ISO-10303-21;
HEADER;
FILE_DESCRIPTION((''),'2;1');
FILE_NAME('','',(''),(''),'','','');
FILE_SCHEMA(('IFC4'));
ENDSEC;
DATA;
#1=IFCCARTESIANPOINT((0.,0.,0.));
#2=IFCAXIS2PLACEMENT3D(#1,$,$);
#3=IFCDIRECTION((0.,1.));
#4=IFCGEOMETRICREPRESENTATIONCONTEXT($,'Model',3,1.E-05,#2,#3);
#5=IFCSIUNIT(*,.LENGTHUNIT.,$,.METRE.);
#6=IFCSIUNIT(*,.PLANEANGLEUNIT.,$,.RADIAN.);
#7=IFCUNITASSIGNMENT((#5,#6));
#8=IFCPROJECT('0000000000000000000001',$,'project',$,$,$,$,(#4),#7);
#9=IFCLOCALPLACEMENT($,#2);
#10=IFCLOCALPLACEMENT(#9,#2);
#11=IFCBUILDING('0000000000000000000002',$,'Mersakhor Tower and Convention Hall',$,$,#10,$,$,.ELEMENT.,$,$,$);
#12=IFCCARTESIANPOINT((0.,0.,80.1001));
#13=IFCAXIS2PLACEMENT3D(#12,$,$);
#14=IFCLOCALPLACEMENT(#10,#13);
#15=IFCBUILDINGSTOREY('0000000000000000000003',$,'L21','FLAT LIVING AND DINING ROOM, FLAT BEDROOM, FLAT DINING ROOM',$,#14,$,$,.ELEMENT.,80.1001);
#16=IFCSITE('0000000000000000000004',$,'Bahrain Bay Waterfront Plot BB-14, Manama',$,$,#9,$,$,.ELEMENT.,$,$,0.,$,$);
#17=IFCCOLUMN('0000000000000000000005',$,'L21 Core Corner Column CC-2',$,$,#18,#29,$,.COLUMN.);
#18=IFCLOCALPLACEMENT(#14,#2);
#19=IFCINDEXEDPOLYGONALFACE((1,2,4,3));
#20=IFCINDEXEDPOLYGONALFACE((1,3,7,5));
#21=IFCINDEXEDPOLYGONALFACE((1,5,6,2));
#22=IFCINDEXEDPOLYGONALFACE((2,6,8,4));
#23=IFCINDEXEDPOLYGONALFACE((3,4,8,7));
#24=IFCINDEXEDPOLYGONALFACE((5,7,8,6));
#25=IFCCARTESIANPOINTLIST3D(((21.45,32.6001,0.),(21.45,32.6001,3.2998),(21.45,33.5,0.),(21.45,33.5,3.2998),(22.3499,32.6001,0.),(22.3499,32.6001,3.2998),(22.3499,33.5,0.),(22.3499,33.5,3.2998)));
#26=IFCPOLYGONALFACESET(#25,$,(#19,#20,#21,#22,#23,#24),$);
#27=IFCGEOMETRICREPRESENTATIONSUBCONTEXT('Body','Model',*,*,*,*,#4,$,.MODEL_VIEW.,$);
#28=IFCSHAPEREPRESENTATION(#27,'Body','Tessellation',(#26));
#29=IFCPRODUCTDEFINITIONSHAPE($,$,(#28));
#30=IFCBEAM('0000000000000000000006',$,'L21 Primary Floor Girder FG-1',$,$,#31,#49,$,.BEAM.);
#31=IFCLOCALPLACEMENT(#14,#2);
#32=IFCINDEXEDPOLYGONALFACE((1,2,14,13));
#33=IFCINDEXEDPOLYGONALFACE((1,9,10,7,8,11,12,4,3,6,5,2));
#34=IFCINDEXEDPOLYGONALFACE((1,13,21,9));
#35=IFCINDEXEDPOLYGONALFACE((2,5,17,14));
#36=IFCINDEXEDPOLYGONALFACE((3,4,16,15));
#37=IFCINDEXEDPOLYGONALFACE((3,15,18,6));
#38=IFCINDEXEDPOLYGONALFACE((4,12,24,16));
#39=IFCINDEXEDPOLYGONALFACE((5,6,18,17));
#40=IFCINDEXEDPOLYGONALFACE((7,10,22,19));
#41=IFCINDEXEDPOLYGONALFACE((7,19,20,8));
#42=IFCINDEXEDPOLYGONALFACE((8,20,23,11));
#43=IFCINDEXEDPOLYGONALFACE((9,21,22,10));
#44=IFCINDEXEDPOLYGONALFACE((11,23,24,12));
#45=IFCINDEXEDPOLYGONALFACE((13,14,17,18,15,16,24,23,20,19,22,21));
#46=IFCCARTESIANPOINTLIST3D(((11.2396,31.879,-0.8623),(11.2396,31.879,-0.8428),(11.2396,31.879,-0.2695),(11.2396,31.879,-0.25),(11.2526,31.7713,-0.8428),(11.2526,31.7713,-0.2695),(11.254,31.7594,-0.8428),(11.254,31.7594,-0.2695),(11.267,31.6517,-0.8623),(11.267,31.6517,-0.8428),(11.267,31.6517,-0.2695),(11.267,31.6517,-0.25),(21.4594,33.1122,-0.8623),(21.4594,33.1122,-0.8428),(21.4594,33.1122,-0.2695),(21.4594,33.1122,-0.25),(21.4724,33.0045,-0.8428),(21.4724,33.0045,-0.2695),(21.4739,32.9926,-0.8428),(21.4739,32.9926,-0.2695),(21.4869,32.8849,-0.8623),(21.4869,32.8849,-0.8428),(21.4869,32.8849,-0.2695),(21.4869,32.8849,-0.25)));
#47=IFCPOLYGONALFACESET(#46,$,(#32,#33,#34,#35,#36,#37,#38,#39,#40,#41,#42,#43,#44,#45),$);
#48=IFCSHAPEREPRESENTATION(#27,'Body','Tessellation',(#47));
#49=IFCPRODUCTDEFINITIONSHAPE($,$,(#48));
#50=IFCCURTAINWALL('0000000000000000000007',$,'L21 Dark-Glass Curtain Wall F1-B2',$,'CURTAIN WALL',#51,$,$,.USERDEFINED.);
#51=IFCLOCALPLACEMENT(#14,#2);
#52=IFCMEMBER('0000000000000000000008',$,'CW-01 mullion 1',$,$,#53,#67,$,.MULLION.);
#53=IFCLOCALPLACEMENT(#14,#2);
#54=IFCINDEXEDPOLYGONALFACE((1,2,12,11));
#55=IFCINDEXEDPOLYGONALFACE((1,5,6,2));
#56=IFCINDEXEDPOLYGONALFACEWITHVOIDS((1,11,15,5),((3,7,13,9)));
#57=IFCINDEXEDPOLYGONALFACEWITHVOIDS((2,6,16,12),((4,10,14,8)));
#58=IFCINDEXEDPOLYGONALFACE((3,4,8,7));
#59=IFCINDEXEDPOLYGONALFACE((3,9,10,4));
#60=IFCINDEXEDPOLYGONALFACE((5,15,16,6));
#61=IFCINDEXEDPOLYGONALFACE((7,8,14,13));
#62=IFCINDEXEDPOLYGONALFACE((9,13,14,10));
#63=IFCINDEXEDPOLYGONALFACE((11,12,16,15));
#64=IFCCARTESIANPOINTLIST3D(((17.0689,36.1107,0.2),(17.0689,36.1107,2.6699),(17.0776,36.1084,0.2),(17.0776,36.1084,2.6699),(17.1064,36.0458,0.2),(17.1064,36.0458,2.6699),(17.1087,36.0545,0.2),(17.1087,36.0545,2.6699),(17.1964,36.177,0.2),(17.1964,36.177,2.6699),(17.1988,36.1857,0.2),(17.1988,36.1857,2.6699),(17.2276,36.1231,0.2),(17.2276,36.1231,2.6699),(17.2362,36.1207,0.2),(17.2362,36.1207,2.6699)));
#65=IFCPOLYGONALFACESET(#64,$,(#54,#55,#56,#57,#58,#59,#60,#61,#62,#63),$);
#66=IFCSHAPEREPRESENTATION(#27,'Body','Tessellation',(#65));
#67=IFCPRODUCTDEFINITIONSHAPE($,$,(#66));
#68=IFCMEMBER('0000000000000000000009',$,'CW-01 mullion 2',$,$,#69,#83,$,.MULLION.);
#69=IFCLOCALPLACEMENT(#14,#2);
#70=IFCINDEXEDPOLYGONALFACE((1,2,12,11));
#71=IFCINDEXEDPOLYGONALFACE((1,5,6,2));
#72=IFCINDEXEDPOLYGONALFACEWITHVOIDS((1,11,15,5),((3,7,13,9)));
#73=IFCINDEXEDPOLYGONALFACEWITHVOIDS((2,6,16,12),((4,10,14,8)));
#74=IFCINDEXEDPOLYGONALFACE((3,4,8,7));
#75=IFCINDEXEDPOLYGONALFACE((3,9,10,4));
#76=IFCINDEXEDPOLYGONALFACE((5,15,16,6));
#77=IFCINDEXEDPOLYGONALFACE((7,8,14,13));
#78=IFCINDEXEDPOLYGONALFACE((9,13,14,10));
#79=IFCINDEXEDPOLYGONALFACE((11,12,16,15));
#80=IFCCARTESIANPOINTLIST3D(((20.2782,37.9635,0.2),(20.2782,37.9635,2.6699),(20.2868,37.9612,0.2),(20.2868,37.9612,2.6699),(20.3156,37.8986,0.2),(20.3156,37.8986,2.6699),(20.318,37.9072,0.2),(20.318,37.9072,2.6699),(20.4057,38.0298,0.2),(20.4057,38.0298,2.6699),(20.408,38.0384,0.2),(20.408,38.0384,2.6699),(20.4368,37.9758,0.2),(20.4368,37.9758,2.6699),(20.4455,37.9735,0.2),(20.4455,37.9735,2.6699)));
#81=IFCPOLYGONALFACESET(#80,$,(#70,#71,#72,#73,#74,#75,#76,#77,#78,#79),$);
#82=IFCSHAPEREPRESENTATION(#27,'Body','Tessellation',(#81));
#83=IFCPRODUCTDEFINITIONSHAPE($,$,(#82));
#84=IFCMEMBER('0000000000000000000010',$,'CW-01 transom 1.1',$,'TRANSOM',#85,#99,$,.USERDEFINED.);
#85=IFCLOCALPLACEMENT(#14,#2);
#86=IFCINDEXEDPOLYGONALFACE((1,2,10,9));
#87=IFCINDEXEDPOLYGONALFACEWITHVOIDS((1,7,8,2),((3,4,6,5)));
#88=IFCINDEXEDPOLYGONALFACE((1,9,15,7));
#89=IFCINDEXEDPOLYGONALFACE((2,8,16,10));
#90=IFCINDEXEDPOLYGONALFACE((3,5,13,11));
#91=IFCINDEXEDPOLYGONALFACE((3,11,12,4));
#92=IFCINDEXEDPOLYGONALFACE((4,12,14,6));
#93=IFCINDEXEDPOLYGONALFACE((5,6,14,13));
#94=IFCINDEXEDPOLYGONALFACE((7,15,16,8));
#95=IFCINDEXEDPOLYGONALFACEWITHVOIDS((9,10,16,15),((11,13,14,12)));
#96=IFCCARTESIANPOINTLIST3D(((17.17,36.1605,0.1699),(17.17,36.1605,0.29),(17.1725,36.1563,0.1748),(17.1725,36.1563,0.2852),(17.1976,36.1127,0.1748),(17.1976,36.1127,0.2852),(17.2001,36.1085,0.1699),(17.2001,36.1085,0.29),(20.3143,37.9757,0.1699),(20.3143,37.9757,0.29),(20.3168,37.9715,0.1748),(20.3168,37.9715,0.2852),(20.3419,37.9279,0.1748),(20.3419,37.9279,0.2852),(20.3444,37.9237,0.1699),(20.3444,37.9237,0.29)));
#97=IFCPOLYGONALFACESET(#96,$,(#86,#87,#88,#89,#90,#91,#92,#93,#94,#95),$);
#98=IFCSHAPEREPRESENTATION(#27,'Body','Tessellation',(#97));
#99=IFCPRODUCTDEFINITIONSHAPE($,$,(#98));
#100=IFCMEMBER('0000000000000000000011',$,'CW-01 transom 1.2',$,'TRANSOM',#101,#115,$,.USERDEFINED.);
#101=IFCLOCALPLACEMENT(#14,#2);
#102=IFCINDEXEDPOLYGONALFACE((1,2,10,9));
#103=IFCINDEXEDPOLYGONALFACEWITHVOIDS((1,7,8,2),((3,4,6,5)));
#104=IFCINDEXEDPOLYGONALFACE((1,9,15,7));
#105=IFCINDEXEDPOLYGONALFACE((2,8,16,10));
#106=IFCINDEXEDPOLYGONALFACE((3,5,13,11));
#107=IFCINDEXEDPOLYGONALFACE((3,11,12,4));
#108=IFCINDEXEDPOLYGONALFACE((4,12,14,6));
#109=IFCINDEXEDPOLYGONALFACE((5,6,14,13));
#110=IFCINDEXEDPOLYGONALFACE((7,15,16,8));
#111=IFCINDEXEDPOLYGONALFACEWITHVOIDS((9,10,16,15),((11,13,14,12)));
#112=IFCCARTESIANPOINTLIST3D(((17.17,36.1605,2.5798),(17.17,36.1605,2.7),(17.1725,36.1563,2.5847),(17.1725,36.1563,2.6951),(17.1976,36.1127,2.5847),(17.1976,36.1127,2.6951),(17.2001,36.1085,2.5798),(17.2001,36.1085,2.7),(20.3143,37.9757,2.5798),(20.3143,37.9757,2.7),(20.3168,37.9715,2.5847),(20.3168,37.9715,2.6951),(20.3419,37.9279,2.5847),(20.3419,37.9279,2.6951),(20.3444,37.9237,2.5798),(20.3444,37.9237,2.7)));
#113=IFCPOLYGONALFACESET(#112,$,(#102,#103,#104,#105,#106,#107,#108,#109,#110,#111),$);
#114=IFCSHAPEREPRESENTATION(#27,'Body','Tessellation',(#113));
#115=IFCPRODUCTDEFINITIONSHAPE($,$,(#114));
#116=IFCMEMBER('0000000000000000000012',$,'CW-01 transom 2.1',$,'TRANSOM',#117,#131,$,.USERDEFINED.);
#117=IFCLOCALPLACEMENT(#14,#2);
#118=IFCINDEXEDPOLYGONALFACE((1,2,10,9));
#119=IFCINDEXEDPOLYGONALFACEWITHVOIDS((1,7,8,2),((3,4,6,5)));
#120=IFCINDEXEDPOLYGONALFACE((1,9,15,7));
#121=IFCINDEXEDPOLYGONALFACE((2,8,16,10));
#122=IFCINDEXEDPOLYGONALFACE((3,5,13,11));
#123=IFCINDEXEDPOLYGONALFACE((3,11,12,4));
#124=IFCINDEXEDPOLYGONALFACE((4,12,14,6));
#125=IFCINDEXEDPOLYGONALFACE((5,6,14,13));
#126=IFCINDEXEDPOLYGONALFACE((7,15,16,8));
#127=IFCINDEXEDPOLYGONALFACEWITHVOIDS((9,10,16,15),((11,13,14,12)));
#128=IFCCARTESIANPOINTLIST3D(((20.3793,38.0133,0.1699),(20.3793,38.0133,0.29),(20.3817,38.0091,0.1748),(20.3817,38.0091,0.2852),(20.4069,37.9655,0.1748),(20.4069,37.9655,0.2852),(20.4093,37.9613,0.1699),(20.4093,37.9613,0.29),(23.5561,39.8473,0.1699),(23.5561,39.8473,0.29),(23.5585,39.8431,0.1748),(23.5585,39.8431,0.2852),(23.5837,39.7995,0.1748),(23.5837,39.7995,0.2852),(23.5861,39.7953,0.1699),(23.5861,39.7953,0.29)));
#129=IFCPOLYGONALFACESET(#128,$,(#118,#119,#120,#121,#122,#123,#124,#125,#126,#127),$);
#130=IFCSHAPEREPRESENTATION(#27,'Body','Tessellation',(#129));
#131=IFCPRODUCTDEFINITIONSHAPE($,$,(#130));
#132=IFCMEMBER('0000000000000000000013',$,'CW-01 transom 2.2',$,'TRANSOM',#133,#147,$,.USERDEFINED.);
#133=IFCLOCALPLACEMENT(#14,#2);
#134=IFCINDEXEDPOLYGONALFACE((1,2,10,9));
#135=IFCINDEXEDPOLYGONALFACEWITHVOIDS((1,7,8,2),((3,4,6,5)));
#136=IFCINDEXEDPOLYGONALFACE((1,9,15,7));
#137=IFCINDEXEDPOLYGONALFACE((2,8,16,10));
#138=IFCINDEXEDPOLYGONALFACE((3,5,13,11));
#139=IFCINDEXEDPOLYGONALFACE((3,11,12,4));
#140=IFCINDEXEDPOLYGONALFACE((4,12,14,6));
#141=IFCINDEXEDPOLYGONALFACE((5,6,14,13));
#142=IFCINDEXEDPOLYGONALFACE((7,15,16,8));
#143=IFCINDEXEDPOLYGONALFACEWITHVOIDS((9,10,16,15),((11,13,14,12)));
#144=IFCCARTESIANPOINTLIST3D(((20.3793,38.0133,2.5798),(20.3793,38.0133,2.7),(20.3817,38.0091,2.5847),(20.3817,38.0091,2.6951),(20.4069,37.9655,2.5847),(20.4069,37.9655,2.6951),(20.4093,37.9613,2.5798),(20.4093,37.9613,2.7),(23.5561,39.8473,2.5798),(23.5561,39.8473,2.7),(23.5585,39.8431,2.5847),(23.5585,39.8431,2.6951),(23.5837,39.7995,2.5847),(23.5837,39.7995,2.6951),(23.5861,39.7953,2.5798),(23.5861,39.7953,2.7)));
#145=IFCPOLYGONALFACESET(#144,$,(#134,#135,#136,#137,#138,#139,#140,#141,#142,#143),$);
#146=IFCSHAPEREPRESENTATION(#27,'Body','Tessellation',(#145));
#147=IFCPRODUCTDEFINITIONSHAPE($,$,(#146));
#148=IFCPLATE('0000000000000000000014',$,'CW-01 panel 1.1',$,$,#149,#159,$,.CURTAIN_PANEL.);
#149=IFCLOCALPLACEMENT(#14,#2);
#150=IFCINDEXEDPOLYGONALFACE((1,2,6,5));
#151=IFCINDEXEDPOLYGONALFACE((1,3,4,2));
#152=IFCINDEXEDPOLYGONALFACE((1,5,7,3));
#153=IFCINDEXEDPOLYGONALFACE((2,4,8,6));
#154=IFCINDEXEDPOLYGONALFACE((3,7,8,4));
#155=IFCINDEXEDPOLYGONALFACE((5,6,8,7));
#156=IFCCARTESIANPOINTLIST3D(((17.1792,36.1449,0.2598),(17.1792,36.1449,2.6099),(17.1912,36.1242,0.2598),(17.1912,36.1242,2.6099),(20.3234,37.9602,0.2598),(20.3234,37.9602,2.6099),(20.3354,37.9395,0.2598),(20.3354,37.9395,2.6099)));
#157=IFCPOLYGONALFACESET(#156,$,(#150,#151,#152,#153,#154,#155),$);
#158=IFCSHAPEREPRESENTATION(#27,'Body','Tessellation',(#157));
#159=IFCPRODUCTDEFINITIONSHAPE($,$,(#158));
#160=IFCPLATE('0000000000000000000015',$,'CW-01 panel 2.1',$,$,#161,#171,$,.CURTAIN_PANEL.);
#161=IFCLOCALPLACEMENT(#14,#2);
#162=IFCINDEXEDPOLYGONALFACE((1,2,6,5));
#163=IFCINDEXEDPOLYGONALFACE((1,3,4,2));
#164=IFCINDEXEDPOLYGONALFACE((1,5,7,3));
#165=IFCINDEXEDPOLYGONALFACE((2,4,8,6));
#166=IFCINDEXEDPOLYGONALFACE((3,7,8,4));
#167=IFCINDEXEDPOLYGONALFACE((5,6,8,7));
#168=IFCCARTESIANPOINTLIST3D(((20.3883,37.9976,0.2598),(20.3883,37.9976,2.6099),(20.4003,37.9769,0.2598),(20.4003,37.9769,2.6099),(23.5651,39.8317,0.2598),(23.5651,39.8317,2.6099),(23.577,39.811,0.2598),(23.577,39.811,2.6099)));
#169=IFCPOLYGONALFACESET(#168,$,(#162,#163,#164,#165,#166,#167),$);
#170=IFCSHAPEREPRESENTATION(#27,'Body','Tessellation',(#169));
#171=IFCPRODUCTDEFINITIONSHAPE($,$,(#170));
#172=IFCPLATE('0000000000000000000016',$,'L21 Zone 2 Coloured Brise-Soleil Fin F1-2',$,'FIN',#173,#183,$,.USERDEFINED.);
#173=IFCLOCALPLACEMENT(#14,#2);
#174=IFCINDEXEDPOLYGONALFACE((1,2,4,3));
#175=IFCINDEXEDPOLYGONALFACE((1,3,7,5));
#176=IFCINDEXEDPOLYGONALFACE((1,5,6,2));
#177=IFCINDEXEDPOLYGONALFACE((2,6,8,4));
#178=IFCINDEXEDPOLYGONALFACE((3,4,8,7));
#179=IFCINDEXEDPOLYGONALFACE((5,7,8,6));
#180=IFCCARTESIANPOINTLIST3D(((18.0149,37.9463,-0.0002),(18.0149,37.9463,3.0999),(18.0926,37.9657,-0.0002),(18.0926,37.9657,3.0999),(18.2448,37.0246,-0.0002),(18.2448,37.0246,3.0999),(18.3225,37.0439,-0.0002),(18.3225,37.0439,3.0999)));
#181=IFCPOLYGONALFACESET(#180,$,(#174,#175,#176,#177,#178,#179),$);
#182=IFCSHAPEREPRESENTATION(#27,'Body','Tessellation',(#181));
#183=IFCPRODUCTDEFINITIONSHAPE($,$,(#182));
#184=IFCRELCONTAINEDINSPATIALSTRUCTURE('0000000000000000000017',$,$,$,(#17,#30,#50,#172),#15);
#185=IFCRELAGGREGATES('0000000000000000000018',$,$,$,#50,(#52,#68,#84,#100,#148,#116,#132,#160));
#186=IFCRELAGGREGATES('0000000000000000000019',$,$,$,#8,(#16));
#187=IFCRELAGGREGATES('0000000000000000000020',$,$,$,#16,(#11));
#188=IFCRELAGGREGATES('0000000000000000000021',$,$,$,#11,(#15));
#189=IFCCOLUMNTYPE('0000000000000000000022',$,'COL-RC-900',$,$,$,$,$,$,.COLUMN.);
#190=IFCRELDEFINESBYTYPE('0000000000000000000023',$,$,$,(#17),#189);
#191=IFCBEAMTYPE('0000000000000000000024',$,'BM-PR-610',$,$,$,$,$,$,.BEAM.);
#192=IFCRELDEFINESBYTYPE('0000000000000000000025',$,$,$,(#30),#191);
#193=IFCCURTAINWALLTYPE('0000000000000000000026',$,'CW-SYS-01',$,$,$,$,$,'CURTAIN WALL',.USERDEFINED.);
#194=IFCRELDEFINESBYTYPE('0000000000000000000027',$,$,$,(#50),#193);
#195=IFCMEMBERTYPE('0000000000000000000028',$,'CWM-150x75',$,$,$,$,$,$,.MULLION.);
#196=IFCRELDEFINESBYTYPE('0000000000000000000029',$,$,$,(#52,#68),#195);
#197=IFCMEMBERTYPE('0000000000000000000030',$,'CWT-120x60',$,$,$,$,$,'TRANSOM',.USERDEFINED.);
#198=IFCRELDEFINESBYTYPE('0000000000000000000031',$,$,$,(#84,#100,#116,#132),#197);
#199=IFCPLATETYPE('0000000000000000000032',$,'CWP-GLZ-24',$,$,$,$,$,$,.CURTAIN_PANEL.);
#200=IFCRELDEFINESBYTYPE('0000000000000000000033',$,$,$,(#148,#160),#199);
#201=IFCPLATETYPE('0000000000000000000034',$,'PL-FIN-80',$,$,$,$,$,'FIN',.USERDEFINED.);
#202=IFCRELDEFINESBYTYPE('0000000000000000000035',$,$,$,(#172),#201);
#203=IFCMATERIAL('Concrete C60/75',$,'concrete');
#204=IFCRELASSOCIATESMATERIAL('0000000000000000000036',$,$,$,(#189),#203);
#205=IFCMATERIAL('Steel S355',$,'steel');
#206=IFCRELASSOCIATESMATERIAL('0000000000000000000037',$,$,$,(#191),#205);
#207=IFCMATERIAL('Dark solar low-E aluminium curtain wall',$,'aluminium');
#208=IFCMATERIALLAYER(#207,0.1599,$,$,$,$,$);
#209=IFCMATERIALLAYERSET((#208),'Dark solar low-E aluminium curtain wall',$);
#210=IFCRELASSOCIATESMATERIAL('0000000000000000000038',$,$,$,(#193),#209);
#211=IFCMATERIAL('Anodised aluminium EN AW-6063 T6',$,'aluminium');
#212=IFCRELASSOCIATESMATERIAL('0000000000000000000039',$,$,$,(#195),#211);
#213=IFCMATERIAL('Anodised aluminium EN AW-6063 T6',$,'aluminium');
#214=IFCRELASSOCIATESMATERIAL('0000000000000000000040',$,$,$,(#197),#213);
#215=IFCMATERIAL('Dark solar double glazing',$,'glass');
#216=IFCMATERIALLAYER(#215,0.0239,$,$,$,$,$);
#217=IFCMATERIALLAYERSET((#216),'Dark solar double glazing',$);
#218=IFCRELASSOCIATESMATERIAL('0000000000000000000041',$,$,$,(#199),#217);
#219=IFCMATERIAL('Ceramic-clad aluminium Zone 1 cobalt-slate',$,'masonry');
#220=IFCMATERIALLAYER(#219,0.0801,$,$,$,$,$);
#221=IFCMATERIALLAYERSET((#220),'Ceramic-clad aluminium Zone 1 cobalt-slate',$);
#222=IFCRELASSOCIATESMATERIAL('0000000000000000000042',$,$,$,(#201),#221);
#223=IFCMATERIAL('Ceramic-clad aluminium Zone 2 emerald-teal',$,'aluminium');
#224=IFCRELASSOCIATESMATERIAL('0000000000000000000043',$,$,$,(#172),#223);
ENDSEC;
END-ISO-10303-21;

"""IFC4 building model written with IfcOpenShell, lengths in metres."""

from ifc_helpers import new_model, si_unit, direction, frame, origin, origin_2d, place, context, subcontext, project, spatial, rectangle, hollow_rectangle, i_section, extrude, material, layer, layer_set, material_profile, profile_set, type_object, element, aggregate, save


model = new_model("IFC4")

# Units and contexts
model_context = context("Model", 3, precision=1e-05, world=origin(), true_north=direction((0.0, 1.0)))
body_context = subcontext(model_context, "Body", "Model", "MODEL_VIEW")
ifc_project = project(units=[si_unit("LENGTHUNIT", "METRE"), si_unit("PLANEANGLEUNIT", "RADIAN")], contexts=[model_context])

# Site, building, storey
site_placement = place(None, origin())
site = spatial("IfcSite", under=ifc_project, at=site_placement, Name="Bahrain Bay Waterfront Plot BB-14, Manama", CompositionType="ELEMENT", RefElevation=0.0)
building_placement = place(site_placement, origin())
building = spatial("IfcBuilding", under=site, at=building_placement, Name="Mersakhor Tower and Convention Hall", CompositionType="ELEMENT")
storey_placement = place(building_placement, frame((0.0, 0.0, 80.1001)))
storey = spatial("IfcBuildingStorey", under=building, at=storey_placement, Name="L21", Description="FLAT LIVING AND DINING ROOM, FLAT BEDROOM, FLAT DINING ROOM", CompositionType="ELEMENT", Elevation=80.1001)

# Column
ifc_material_1 = material(Name="Concrete C60/75", Category="concrete")
ifc_material_profile_1 = material_profile(ifc_material_1, rectangle(XDim=0.8999, YDim=0.8999, at=origin_2d()), Name="RC 900x900")
ifc_profile_set_1 = profile_set([ifc_material_profile_1], Name="Concrete C60/75")
column_type = type_object("IfcColumnType", Name="COL-RC-900", PredefinedType="COLUMN", material=ifc_profile_set_1)
column_placement = place(storey_placement, frame((21.8999, 33.05, 0.0), z_axis=(0.0, 0.0, 1.0), x_axis=(1.0, 0.0, 0.0)))
element("IfcColumn", 1, at=column_placement, inside=storey, type_object=column_type, Name="L21 Core Corner Column CC-2", PredefinedType="COLUMN", context=body_context, shape_type="SweptSolid", body=[
    extrude(rectangle(XDim=0.8999, YDim=0.8999, at=origin_2d()), origin(), (0.0, 0.0, 1.0), 3.2998),
])

# Beam
ifc_material_2 = material(Name="Steel S355", Category="steel")
ifc_material_profile_2 = material_profile(ifc_material_2, i_section(OverallWidth=0.229, OverallDepth=0.6123, WebThickness=0.012, FlangeThickness=0.0195, at=origin_2d()), Name="UB 610x229x125")
ifc_profile_set_2 = profile_set([ifc_material_profile_2], Name="Steel S355")
beam_type = type_object("IfcBeamType", Name="BM-PR-610", PredefinedType="BEAM", material=ifc_profile_set_2)
beam_placement = place(storey_placement, frame((21.4731, 32.9985, -0.5562), z_axis=(-0.992799, -0.119795, 0.0), x_axis=(0.119795, -0.992799, 0.0)))
element("IfcBeam", 2, at=beam_placement, inside=storey, type_object=beam_type, Name="L21 Primary Floor Girder FG-1", PredefinedType="BEAM", context=body_context, shape_type="SweptSolid", body=[
    extrude(i_section(OverallWidth=0.229, OverallDepth=0.6123, WebThickness=0.012, FlangeThickness=0.0195, at=origin_2d()), origin(), (0.0, 0.0, 1.0), 10.2939),
])

# Curtain wall, members, plates
ifc_material_3 = material(Name="Dark solar low-E aluminium curtain wall", Category="aluminium")
ifc_layer_1 = layer(ifc_material_3, 0.1599)
ifc_layer_set_1 = layer_set([ifc_layer_1], Name="Dark solar low-E aluminium curtain wall")
curtain_wall_type = type_object("IfcCurtainWallType", Name="CW-SYS-01", ElementType="CURTAIN WALL", PredefinedType="USERDEFINED", material=ifc_layer_set_1)
curtain_wall_placement = place(storey_placement, origin())
curtain_wall = element("IfcCurtainWall", 3, at=curtain_wall_placement, inside=storey, type_object=curtain_wall_type, Name="L21 Dark-Glass Curtain Wall F1-B2", ObjectType="CURTAIN WALL", PredefinedType="USERDEFINED")
ifc_material_4 = material(Name="Anodised aluminium EN AW-6063 T6", Category="aluminium")
ifc_material_profile_3 = material_profile(ifc_material_4, hollow_rectangle(XDim=0.075, YDim=0.1499, WallThickness=0.0063, at=origin_2d()), Name="RHS 150x75x6.3")
ifc_profile_set_3 = profile_set([ifc_material_profile_3], Name="Anodised aluminium EN AW-6063 T6")
member_type_1 = type_object("IfcMemberType", Name="CWM-150x75", PredefinedType="MULLION", material=ifc_profile_set_3)
member_1_placement = place(storey_placement, frame((17.1526, 36.1157, 0.2), z_axis=(0.0, 0.0, 1.0), x_axis=(-0.499998, 0.866027, 0.0)))
member_1 = element("IfcMember", 4, at=member_1_placement, type_object=member_type_1, Name="CW-01 mullion 1", PredefinedType="MULLION", context=body_context, shape_type="SweptSolid", body=[
    extrude(hollow_rectangle(XDim=0.075, YDim=0.1499, WallThickness=0.0063, at=origin_2d()), origin(), (0.0, 0.0, 1.0), 2.47),
])
member_2_placement = place(storey_placement, frame((20.3618, 37.9685, 0.2), z_axis=(0.0, 0.0, 1.0), x_axis=(-0.499998, 0.866027, 0.0)))
member_2 = element("IfcMember", 5, at=member_2_placement, type_object=member_type_1, Name="CW-01 mullion 2", PredefinedType="MULLION", context=body_context, shape_type="SweptSolid", body=[
    extrude(hollow_rectangle(XDim=0.075, YDim=0.1499, WallThickness=0.0063, at=origin_2d()), origin(), (0.0, 0.0, 1.0), 2.47),
])
ifc_material_5 = material(Name="Anodised aluminium EN AW-6063 T6", Category="aluminium")
ifc_material_profile_4 = material_profile(ifc_material_5, hollow_rectangle(XDim=0.0601, YDim=0.1201, WallThickness=0.0049, at=origin_2d()), Name="RHS 120x60x5")
ifc_profile_set_4 = profile_set([ifc_material_profile_4], Name="Anodised aluminium EN AW-6063 T6")
member_type_2 = type_object("IfcMemberType", Name="CWT-120x60", ElementType="TRANSOM", PredefinedType="USERDEFINED", material=ifc_profile_set_4)
member_3_placement = place(storey_placement, frame((17.1851, 36.1345, 0.23), z_axis=(0.866046, 0.499965, 0.0), x_axis=(-0.499965, 0.866046, 0.0)))
member_3 = element("IfcMember", 6, at=member_3_placement, type_object=member_type_2, Name="CW-01 transom 1.1", ObjectType="TRANSOM", PredefinedType="USERDEFINED", context=body_context, shape_type="SweptSolid", body=[
    extrude(hollow_rectangle(XDim=0.0601, YDim=0.1201, WallThickness=0.0049, at=origin_2d()), origin(), (0.0, 0.0, 1.0), 3.6306),
])
member_4_placement = place(storey_placement, frame((17.1851, 36.1345, 2.6399), z_axis=(0.866046, 0.499965, 0.0), x_axis=(-0.499965, 0.866046, 0.0)))
member_4 = element("IfcMember", 7, at=member_4_placement, type_object=member_type_2, Name="CW-01 transom 1.2", ObjectType="TRANSOM", PredefinedType="USERDEFINED", context=body_context, shape_type="SweptSolid", body=[
    extrude(hollow_rectangle(XDim=0.0601, YDim=0.1201, WallThickness=0.0049, at=origin_2d()), origin(), (0.0, 0.0, 1.0), 3.6306),
])
member_5_placement = place(storey_placement, frame((20.3943, 37.9873, 0.23), z_axis=(0.866039, 0.499976, 0.0), x_axis=(-0.499976, 0.866039, 0.0)))
member_5 = element("IfcMember", 8, at=member_5_placement, type_object=member_type_2, Name="CW-01 transom 2.1", ObjectType="TRANSOM", PredefinedType="USERDEFINED", context=body_context, shape_type="SweptSolid", body=[
    extrude(hollow_rectangle(XDim=0.0601, YDim=0.1201, WallThickness=0.0049, at=origin_2d()), origin(), (0.0, 0.0, 1.0), 3.6682),
])
member_6_placement = place(storey_placement, frame((20.3943, 37.9873, 2.6399), z_axis=(0.866039, 0.499976, 0.0), x_axis=(-0.499976, 0.866039, 0.0)))
member_6 = element("IfcMember", 9, at=member_6_placement, type_object=member_type_2, Name="CW-01 transom 2.2", ObjectType="TRANSOM", PredefinedType="USERDEFINED", context=body_context, shape_type="SweptSolid", body=[
    extrude(hollow_rectangle(XDim=0.0601, YDim=0.1201, WallThickness=0.0049, at=origin_2d()), origin(), (0.0, 0.0, 1.0), 3.6682),
])
ifc_material_6 = material(Name="Dark solar double glazing", Category="glass")
ifc_layer_2 = layer(ifc_material_6, 0.0239)
ifc_layer_set_2 = layer_set([ifc_layer_2], Name="Dark solar double glazing")
plate_type_1 = type_object("IfcPlateType", Name="CWP-GLZ-24", PredefinedType="CURTAIN_PANEL", material=ifc_layer_set_2)
plate_1_placement = place(storey_placement, frame((18.7573, 37.0422, 0.2598), z_axis=(0.0, 0.0, 1.0), x_axis=(0.866027, 0.499998, 0.0)))
plate_1 = element("IfcPlate", 10, at=plate_1_placement, type_object=plate_type_1, Name="CW-01 panel 1.1", PredefinedType="CURTAIN_PANEL", context=body_context, shape_type="SweptSolid", body=[
    extrude(rectangle(XDim=3.6306, YDim=0.0239, at=origin_2d()), origin(), (0.0, 0.0, 1.0), 2.3501),
])
plate_2_placement = place(storey_placement, frame((21.9827, 38.9043, 0.2598), z_axis=(0.0, 0.0, 1.0), x_axis=(0.866027, 0.499998, 0.0)))
plate_2 = element("IfcPlate", 11, at=plate_2_placement, type_object=plate_type_1, Name="CW-01 panel 2.1", PredefinedType="CURTAIN_PANEL", context=body_context, shape_type="SweptSolid", body=[
    extrude(rectangle(XDim=3.6682, YDim=0.0239, at=origin_2d()), origin(), (0.0, 0.0, 1.0), 2.3501),
])
aggregate(curtain_wall, [member_1, member_2, member_3, member_4, plate_1, member_5, member_6, plate_2])

# Plate
ifc_material_7 = material(Name="Ceramic-clad aluminium Zone 2 emerald-teal", Category="aluminium")
ifc_material_8 = material(Name="Ceramic-clad aluminium Zone 1 cobalt-slate", Category="masonry")
ifc_layer_3 = layer(ifc_material_8, 0.0801)
ifc_layer_set_3 = layer_set([ifc_layer_3], Name="Ceramic-clad aluminium Zone 1 cobalt-slate")
plate_type_2 = type_object("IfcPlateType", Name="PL-FIN-80", ElementType="FIN", PredefinedType="USERDEFINED", material=ifc_layer_set_3)
plate_3_placement = place(storey_placement, frame((18.1687, 37.4951, -0.0002), z_axis=(0.0, 0.0, 1.0), x_axis=(-0.241922, 0.970296, 0.0)))
element("IfcPlate", 12, at=plate_3_placement, inside=storey, type_object=plate_type_2, material=ifc_material_7, Name="L21 Zone 2 Coloured Brise-Soleil Fin F1-2", ObjectType="FIN", PredefinedType="USERDEFINED", context=body_context, shape_type="SweptSolid", body=[
    extrude(rectangle(XDim=0.95, YDim=0.0801, at=origin_2d()), origin(), (0.0, 0.0, 1.0), 3.1001),
])

save(model, "model.ifc")
